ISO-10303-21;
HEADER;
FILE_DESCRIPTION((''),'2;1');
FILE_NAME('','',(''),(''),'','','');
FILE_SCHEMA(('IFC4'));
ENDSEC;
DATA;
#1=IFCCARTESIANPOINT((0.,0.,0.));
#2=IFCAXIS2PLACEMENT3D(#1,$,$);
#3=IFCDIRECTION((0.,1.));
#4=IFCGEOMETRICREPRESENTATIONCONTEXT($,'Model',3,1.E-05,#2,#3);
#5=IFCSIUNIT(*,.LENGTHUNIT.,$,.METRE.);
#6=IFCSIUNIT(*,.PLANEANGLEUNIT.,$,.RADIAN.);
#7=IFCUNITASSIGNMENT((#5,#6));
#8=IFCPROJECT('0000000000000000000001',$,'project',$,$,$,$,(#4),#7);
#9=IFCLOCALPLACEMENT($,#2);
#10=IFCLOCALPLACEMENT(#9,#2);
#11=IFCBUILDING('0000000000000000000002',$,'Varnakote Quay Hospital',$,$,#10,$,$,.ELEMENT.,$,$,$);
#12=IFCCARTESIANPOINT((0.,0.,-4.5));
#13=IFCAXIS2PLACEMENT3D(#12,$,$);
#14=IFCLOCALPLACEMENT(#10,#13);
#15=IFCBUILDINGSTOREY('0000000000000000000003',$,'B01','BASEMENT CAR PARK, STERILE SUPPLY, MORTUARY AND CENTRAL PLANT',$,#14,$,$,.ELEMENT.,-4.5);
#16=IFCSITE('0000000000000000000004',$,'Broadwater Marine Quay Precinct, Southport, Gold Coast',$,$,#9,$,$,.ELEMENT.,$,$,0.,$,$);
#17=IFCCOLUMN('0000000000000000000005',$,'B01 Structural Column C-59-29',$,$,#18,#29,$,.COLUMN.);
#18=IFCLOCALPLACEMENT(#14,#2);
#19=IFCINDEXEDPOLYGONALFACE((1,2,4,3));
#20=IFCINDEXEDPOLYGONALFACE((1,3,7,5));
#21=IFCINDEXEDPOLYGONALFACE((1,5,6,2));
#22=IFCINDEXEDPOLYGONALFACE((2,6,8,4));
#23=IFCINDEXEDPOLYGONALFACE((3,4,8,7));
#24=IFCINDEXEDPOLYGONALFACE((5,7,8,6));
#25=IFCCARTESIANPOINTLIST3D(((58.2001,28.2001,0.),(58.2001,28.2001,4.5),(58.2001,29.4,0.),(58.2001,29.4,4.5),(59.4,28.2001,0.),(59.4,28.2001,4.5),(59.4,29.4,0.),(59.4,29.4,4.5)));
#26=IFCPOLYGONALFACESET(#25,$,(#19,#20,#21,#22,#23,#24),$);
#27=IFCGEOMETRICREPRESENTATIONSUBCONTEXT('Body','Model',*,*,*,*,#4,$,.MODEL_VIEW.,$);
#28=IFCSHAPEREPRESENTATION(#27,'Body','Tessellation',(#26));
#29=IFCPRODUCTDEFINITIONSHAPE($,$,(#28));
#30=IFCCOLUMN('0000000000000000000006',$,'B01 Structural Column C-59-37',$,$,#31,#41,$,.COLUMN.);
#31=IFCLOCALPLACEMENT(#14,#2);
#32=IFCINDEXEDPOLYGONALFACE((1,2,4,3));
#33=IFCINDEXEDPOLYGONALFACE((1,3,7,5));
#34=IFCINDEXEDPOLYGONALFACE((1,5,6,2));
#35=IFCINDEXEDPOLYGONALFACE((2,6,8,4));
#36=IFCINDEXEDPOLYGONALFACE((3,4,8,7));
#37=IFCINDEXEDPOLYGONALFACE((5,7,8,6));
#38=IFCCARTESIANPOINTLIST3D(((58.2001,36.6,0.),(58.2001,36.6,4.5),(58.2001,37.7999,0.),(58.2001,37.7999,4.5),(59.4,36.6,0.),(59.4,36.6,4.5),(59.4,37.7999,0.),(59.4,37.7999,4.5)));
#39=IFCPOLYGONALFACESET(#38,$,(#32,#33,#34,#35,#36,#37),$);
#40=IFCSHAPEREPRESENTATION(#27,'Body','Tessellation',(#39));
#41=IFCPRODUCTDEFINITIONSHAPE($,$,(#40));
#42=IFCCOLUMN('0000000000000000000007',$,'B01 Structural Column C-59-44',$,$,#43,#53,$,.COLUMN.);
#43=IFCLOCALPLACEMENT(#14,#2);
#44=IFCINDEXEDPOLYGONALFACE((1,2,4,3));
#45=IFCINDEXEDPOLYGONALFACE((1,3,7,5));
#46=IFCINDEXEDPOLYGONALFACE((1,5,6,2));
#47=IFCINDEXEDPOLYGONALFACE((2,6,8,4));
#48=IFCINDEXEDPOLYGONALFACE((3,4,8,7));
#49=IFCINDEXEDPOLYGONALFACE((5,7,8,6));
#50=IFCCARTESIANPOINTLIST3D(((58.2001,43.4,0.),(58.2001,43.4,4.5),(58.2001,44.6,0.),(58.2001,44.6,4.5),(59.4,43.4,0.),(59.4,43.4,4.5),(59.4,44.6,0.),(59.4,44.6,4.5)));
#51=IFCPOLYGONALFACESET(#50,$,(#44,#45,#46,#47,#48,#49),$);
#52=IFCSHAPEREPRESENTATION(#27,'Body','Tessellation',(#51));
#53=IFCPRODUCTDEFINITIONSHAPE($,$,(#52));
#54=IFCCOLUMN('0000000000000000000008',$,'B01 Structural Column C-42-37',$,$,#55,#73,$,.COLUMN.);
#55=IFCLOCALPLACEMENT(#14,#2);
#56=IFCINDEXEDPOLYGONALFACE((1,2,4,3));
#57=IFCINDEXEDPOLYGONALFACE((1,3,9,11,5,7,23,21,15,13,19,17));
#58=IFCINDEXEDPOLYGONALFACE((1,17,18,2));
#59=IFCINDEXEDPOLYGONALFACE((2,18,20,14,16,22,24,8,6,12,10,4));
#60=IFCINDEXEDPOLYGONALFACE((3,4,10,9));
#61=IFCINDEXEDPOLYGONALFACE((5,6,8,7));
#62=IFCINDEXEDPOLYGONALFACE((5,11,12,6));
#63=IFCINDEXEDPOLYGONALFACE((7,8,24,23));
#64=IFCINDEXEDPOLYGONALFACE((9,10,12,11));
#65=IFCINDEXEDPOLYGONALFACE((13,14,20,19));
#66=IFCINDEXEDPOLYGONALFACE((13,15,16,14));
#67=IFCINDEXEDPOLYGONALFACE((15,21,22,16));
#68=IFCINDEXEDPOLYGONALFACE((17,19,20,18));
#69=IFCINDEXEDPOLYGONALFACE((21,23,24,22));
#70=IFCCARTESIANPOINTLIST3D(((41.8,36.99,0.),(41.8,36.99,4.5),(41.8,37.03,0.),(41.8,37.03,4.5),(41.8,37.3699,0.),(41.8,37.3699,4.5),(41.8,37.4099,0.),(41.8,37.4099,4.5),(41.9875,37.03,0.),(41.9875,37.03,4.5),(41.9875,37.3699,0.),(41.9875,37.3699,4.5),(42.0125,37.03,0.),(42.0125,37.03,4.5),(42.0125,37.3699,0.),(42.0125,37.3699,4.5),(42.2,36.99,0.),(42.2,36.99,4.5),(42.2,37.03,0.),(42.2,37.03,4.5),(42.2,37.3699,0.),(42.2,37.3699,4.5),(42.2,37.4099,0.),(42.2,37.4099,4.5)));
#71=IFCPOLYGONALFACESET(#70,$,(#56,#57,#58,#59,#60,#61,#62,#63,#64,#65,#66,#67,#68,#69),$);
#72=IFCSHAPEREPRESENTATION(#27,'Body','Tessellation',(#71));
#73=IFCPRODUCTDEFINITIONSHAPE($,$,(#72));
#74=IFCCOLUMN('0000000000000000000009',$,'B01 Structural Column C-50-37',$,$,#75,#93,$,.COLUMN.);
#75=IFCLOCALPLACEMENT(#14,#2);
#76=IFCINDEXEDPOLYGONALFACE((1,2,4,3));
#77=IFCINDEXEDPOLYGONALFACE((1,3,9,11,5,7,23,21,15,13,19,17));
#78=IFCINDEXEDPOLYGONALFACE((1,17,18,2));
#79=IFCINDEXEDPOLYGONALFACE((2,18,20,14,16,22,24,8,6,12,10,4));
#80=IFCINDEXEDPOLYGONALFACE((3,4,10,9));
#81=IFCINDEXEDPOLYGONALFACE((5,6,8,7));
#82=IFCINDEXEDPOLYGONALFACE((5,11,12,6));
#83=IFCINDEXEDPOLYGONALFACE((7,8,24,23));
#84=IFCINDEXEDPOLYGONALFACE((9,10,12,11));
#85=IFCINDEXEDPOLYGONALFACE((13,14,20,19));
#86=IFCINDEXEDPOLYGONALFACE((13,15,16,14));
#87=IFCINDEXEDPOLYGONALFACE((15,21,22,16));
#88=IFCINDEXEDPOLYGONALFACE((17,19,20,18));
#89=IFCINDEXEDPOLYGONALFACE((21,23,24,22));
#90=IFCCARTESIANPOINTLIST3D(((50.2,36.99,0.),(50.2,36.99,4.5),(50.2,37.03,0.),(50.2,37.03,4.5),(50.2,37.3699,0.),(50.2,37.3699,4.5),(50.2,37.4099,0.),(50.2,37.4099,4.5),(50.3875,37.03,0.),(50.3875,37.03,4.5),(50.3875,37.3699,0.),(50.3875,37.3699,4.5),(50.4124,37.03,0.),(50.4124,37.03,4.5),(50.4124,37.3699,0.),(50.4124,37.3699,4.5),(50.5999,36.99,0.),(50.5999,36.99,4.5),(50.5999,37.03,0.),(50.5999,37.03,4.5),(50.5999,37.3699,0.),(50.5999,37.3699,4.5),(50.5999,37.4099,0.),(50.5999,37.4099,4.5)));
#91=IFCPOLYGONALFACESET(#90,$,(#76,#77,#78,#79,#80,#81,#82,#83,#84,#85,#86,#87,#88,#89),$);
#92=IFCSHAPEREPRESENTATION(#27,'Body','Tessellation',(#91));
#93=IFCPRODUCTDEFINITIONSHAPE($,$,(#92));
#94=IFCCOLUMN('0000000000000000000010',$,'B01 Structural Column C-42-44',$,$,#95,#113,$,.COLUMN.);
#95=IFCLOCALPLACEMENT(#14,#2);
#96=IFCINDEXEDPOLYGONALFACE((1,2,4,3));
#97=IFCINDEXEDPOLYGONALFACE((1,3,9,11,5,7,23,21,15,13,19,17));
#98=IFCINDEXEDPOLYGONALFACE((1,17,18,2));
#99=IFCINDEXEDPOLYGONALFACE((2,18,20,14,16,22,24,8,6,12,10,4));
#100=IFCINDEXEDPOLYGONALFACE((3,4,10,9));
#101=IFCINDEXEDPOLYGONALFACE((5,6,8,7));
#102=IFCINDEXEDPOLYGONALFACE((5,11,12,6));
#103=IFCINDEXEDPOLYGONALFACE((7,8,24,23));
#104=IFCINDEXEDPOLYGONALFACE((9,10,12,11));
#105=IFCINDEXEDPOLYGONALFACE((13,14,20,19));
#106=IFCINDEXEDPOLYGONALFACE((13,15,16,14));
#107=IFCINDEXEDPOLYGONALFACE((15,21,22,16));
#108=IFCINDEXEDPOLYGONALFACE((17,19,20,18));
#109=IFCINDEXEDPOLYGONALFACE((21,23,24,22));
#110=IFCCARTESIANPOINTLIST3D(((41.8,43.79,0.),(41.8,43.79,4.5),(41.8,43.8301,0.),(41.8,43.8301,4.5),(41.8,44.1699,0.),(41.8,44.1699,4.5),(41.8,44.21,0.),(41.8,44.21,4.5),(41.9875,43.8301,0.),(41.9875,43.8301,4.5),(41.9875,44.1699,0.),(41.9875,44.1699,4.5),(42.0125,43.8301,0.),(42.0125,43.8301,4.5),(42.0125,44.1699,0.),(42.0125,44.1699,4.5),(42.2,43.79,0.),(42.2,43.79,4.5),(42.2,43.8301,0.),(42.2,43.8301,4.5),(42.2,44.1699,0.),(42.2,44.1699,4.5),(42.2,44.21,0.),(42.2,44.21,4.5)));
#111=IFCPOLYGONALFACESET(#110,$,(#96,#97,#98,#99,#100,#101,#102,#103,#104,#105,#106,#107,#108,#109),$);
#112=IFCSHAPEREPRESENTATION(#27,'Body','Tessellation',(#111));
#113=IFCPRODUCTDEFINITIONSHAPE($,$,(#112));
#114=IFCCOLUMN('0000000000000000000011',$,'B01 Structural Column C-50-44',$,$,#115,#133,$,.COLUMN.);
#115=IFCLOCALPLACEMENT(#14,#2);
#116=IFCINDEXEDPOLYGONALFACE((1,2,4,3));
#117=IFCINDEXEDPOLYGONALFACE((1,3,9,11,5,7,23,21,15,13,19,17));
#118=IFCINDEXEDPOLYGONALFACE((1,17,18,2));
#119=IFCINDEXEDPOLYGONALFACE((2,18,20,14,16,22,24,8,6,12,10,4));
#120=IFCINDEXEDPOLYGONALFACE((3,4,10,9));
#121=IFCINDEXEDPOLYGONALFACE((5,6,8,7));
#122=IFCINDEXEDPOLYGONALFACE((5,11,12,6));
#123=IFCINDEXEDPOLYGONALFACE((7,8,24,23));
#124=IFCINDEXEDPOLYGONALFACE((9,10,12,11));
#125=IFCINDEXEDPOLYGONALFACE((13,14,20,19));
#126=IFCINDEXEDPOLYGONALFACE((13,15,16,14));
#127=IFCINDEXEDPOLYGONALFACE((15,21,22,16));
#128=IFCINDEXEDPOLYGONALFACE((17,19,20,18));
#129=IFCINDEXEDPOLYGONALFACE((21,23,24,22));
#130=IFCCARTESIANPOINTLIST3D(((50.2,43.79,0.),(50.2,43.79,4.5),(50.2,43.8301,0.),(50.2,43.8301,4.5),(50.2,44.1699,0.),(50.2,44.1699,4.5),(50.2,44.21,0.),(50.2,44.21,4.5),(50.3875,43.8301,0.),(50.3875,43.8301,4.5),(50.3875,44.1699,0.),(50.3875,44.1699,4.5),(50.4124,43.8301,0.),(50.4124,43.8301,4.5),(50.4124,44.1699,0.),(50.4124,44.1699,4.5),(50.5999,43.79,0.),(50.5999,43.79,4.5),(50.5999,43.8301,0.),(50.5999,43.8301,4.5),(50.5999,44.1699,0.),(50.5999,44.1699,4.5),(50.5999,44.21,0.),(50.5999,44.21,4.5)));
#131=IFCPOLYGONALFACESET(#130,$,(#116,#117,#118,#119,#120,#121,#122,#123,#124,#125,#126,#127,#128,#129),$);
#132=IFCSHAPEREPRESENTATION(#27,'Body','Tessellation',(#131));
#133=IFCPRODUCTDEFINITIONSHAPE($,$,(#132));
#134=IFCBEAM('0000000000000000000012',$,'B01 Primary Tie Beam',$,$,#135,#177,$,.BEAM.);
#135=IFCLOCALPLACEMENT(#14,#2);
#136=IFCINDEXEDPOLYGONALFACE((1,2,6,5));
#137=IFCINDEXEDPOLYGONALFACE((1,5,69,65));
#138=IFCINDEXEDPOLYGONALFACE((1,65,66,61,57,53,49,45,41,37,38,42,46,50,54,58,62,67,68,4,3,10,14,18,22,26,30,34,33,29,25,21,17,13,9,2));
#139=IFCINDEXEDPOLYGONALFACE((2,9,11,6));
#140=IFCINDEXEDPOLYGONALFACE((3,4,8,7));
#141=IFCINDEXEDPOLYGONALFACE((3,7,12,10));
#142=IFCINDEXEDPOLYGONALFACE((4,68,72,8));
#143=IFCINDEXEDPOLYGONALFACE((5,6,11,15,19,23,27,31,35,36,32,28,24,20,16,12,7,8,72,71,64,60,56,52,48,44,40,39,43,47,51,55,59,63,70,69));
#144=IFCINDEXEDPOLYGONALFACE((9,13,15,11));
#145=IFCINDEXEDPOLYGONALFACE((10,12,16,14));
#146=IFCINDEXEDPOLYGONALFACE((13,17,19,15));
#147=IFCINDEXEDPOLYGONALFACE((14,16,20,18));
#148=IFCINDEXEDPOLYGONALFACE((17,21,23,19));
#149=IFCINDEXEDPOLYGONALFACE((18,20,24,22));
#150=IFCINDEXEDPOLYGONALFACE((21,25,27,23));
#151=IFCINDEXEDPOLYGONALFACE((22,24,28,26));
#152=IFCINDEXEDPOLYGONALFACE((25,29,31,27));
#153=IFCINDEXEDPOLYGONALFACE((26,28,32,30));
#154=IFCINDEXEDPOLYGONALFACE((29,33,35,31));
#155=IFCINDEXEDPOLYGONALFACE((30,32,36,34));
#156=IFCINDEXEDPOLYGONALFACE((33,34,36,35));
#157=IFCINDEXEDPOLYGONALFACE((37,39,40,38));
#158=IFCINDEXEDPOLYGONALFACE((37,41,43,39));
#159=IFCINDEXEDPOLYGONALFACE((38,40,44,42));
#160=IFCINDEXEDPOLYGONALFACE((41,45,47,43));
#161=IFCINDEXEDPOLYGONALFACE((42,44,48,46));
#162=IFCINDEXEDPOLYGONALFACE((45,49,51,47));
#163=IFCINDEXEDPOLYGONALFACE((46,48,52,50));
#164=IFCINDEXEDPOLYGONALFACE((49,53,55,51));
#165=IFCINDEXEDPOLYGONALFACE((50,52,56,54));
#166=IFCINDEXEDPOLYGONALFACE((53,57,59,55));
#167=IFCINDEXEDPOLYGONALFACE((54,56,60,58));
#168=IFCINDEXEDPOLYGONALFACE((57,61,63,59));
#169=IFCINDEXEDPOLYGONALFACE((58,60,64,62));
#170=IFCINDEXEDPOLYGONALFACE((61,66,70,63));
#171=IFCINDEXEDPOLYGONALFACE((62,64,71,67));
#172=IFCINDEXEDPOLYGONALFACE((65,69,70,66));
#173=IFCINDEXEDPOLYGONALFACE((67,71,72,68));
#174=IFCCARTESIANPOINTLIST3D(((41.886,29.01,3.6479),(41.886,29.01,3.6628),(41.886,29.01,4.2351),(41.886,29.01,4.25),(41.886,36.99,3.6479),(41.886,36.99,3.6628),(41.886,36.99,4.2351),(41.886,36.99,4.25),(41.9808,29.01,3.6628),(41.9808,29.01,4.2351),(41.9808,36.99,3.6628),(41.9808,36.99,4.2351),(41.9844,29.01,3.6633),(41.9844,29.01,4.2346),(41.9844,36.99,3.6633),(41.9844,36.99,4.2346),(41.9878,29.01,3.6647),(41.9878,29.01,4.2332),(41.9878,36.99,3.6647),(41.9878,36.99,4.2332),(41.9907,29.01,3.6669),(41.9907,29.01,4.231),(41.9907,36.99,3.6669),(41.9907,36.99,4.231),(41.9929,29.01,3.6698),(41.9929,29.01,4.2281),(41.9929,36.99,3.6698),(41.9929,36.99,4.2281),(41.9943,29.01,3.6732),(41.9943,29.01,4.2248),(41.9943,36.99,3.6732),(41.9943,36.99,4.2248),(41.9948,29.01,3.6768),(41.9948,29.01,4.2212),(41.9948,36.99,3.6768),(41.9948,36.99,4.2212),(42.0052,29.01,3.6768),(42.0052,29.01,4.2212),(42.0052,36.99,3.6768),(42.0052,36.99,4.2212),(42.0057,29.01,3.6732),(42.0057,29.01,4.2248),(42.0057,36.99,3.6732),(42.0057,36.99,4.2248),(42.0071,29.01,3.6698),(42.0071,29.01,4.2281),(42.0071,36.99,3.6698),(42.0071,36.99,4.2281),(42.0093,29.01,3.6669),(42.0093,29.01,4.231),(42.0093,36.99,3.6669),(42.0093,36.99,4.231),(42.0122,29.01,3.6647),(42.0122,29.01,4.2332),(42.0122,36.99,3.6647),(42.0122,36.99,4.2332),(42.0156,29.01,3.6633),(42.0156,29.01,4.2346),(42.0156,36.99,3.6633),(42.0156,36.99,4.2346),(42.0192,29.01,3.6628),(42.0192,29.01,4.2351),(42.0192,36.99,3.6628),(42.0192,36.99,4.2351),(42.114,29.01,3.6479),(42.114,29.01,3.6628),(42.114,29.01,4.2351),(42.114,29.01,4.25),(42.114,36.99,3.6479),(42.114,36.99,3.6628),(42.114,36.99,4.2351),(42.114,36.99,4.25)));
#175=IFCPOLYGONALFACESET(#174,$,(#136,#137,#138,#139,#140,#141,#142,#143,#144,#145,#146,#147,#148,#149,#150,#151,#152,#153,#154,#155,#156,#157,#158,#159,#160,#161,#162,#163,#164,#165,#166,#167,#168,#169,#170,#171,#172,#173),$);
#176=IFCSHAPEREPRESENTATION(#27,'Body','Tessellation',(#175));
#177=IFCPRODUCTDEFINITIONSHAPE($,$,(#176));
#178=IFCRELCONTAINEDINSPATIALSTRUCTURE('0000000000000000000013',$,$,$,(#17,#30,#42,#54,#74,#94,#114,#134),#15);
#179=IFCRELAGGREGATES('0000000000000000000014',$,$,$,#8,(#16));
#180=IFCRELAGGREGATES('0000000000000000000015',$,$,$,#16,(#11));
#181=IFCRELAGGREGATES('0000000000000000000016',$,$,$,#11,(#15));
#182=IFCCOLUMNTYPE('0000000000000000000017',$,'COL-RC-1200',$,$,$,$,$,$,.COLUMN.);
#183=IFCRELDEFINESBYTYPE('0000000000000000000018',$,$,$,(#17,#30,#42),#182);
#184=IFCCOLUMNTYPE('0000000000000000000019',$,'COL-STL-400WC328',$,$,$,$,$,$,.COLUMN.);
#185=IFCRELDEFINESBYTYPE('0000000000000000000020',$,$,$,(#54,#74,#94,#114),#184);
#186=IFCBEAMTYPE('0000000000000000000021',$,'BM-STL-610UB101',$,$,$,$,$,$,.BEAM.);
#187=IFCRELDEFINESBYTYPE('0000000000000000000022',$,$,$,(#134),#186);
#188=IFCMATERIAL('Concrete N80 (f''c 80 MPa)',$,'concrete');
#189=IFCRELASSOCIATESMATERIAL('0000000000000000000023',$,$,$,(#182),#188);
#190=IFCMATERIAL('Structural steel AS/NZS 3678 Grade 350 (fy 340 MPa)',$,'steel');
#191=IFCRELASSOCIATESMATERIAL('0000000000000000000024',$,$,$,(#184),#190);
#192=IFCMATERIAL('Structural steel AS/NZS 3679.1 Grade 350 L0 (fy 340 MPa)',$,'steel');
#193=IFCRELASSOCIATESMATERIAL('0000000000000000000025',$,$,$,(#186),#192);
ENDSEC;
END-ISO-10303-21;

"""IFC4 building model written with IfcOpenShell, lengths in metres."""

from ifc_helpers import new_model, si_unit, direction, frame, origin, origin_2d, place, context, subcontext, project, spatial, rectangle, i_section, extrude, material, material_profile, profile_set, type_object, element, save


model = new_model("IFC4")

# Units and contexts
model_context = context("Model", 3, precision=1e-05, world=origin(), true_north=direction((0.0, 1.0)))
body_context = subcontext(model_context, "Body", "Model", "MODEL_VIEW")
ifc_project = project(units=[si_unit("LENGTHUNIT", "METRE"), si_unit("PLANEANGLEUNIT", "RADIAN")], contexts=[model_context])

# Site, building, storey
site_placement = place(None, origin())
site = spatial("IfcSite", under=ifc_project, at=site_placement, Name="Broadwater Marine Quay Precinct, Southport, Gold Coast", CompositionType="ELEMENT", RefElevation=0.0)
building_placement = place(site_placement, origin())
building = spatial("IfcBuilding", under=site, at=building_placement, Name="Varnakote Quay Hospital", CompositionType="ELEMENT")
storey_placement = place(building_placement, frame((0.0, 0.0, -4.5)))
storey = spatial("IfcBuildingStorey", under=building, at=storey_placement, Name="B01", Description="BASEMENT CAR PARK, STERILE SUPPLY, MORTUARY AND CENTRAL PLANT", CompositionType="ELEMENT", Elevation=-4.5)

# Columns
ifc_material_1 = material(Name="Concrete N80 (f'c 80 MPa)", Category="concrete")
ifc_material_profile_1 = material_profile(ifc_material_1, rectangle(XDim=1.2, YDim=1.2, at=origin_2d()), Name="RC-COL-1200x1200")
ifc_profile_set_1 = profile_set([ifc_material_profile_1], Name="Concrete N80 (f'c 80 MPa)")
column_type_1 = type_object("IfcColumnType", Name="COL-RC-1200", PredefinedType="COLUMN", material=ifc_profile_set_1)
for number, where, z_axis, x_axis, name in (
    (1, (58.8, 28.8, 0.0), (0.0, 0.0, 1.0), (1.0, 0.0, 0.0), "B01 Structural Column C-59-29"),
    (2, (58.8, 37.2, 0.0), (0.0, 0.0, 1.0), (1.0, 0.0, 0.0), "B01 Structural Column C-59-37"),
    (3, (58.8, 44.0, 0.0), (0.0, 0.0, 1.0), (1.0, 0.0, 0.0), "B01 Structural Column C-59-44"),
):
    element("IfcColumn", number, at=place(storey_placement, frame(where, z_axis=z_axis, x_axis=x_axis)), inside=storey, type_object=column_type_1, Name=name, PredefinedType="COLUMN", context=body_context, shape_type="SweptSolid", body=[
        extrude(rectangle(XDim=1.2, YDim=1.2, at=origin_2d()), origin(), (0.0, 0.0, 1.0), 4.5),
    ])
ifc_material_2 = material(Name="Structural steel AS/NZS 3678 Grade 350 (fy 340 MPa)", Category="steel")
ifc_material_profile_2 = material_profile(ifc_material_2, i_section(OverallWidth=0.3999, OverallDepth=0.4199, WebThickness=0.0249, FlangeThickness=0.04, at=origin_2d()), Name="400WC328")
ifc_profile_set_2 = profile_set([ifc_material_profile_2], Name="Structural steel AS/NZS 3678 Grade 350 (fy 340 MPa)")
column_type_2 = type_object("IfcColumnType", Name="COL-STL-400WC328", PredefinedType="COLUMN", material=ifc_profile_set_2)
for number, where, z_axis, x_axis, name in (
    (4, (42.0, 37.2, 0.0), (0.0, 0.0, 1.0), (1.0, 0.0, 0.0), "B01 Structural Column C-42-37"),
    (5, (50.3999, 37.2, 0.0), (0.0, 0.0, 1.0), (1.0, 0.0, 0.0), "B01 Structural Column C-50-37"),
    (6, (42.0, 44.0, 0.0), (0.0, 0.0, 1.0), (1.0, 0.0, 0.0), "B01 Structural Column C-42-44"),
    (7, (50.3999, 44.0, 0.0), (0.0, 0.0, 1.0), (1.0, 0.0, 0.0), "B01 Structural Column C-50-44"),
):
    element("IfcColumn", number, at=place(storey_placement, frame(where, z_axis=z_axis, x_axis=x_axis)), inside=storey, type_object=column_type_2, Name=name, PredefinedType="COLUMN", context=body_context, shape_type="SweptSolid", body=[
        extrude(i_section(OverallWidth=0.3999, OverallDepth=0.4199, WebThickness=0.0249, FlangeThickness=0.04, at=origin_2d()), origin(), (0.0, 0.0, 1.0), 4.5),
    ])

# Beam
ifc_material_3 = material(Name="Structural steel AS/NZS 3679.1 Grade 350 L0 (fy 340 MPa)", Category="steel")
ifc_material_profile_3 = material_profile(ifc_material_3, i_section(OverallWidth=0.228, OverallDepth=0.6021, WebThickness=0.0105, FlangeThickness=0.0149, FilletRadius=0.0139, at=origin_2d()), Name="610UB101")
ifc_profile_set_3 = profile_set([ifc_material_profile_3], Name="Structural steel AS/NZS 3679.1 Grade 350 L0 (fy 340 MPa)")
beam_type_1 = type_object("IfcBeamType", Name="BM-STL-610UB101", PredefinedType="BEAM", material=ifc_profile_set_3)
beam_1_placement = place(storey_placement, frame((42.0, 29.01, 3.949), z_axis=(0.0, 1.0, 0.0), x_axis=(-1.0, 0.0, 0.0)))
element("IfcBeam", 8, at=beam_1_placement, inside=storey, type_object=beam_type_1, Name="B01 Primary Tie Beam", PredefinedType="BEAM", context=body_context, shape_type="SweptSolid", body=[
    extrude(i_section(OverallWidth=0.228, OverallDepth=0.6021, WebThickness=0.0105, FlangeThickness=0.0149, FilletRadius=0.0139, at=origin_2d()), origin(), (0.0, 0.0, 1.0), 7.98),
])

save(model, "model.ifc")
